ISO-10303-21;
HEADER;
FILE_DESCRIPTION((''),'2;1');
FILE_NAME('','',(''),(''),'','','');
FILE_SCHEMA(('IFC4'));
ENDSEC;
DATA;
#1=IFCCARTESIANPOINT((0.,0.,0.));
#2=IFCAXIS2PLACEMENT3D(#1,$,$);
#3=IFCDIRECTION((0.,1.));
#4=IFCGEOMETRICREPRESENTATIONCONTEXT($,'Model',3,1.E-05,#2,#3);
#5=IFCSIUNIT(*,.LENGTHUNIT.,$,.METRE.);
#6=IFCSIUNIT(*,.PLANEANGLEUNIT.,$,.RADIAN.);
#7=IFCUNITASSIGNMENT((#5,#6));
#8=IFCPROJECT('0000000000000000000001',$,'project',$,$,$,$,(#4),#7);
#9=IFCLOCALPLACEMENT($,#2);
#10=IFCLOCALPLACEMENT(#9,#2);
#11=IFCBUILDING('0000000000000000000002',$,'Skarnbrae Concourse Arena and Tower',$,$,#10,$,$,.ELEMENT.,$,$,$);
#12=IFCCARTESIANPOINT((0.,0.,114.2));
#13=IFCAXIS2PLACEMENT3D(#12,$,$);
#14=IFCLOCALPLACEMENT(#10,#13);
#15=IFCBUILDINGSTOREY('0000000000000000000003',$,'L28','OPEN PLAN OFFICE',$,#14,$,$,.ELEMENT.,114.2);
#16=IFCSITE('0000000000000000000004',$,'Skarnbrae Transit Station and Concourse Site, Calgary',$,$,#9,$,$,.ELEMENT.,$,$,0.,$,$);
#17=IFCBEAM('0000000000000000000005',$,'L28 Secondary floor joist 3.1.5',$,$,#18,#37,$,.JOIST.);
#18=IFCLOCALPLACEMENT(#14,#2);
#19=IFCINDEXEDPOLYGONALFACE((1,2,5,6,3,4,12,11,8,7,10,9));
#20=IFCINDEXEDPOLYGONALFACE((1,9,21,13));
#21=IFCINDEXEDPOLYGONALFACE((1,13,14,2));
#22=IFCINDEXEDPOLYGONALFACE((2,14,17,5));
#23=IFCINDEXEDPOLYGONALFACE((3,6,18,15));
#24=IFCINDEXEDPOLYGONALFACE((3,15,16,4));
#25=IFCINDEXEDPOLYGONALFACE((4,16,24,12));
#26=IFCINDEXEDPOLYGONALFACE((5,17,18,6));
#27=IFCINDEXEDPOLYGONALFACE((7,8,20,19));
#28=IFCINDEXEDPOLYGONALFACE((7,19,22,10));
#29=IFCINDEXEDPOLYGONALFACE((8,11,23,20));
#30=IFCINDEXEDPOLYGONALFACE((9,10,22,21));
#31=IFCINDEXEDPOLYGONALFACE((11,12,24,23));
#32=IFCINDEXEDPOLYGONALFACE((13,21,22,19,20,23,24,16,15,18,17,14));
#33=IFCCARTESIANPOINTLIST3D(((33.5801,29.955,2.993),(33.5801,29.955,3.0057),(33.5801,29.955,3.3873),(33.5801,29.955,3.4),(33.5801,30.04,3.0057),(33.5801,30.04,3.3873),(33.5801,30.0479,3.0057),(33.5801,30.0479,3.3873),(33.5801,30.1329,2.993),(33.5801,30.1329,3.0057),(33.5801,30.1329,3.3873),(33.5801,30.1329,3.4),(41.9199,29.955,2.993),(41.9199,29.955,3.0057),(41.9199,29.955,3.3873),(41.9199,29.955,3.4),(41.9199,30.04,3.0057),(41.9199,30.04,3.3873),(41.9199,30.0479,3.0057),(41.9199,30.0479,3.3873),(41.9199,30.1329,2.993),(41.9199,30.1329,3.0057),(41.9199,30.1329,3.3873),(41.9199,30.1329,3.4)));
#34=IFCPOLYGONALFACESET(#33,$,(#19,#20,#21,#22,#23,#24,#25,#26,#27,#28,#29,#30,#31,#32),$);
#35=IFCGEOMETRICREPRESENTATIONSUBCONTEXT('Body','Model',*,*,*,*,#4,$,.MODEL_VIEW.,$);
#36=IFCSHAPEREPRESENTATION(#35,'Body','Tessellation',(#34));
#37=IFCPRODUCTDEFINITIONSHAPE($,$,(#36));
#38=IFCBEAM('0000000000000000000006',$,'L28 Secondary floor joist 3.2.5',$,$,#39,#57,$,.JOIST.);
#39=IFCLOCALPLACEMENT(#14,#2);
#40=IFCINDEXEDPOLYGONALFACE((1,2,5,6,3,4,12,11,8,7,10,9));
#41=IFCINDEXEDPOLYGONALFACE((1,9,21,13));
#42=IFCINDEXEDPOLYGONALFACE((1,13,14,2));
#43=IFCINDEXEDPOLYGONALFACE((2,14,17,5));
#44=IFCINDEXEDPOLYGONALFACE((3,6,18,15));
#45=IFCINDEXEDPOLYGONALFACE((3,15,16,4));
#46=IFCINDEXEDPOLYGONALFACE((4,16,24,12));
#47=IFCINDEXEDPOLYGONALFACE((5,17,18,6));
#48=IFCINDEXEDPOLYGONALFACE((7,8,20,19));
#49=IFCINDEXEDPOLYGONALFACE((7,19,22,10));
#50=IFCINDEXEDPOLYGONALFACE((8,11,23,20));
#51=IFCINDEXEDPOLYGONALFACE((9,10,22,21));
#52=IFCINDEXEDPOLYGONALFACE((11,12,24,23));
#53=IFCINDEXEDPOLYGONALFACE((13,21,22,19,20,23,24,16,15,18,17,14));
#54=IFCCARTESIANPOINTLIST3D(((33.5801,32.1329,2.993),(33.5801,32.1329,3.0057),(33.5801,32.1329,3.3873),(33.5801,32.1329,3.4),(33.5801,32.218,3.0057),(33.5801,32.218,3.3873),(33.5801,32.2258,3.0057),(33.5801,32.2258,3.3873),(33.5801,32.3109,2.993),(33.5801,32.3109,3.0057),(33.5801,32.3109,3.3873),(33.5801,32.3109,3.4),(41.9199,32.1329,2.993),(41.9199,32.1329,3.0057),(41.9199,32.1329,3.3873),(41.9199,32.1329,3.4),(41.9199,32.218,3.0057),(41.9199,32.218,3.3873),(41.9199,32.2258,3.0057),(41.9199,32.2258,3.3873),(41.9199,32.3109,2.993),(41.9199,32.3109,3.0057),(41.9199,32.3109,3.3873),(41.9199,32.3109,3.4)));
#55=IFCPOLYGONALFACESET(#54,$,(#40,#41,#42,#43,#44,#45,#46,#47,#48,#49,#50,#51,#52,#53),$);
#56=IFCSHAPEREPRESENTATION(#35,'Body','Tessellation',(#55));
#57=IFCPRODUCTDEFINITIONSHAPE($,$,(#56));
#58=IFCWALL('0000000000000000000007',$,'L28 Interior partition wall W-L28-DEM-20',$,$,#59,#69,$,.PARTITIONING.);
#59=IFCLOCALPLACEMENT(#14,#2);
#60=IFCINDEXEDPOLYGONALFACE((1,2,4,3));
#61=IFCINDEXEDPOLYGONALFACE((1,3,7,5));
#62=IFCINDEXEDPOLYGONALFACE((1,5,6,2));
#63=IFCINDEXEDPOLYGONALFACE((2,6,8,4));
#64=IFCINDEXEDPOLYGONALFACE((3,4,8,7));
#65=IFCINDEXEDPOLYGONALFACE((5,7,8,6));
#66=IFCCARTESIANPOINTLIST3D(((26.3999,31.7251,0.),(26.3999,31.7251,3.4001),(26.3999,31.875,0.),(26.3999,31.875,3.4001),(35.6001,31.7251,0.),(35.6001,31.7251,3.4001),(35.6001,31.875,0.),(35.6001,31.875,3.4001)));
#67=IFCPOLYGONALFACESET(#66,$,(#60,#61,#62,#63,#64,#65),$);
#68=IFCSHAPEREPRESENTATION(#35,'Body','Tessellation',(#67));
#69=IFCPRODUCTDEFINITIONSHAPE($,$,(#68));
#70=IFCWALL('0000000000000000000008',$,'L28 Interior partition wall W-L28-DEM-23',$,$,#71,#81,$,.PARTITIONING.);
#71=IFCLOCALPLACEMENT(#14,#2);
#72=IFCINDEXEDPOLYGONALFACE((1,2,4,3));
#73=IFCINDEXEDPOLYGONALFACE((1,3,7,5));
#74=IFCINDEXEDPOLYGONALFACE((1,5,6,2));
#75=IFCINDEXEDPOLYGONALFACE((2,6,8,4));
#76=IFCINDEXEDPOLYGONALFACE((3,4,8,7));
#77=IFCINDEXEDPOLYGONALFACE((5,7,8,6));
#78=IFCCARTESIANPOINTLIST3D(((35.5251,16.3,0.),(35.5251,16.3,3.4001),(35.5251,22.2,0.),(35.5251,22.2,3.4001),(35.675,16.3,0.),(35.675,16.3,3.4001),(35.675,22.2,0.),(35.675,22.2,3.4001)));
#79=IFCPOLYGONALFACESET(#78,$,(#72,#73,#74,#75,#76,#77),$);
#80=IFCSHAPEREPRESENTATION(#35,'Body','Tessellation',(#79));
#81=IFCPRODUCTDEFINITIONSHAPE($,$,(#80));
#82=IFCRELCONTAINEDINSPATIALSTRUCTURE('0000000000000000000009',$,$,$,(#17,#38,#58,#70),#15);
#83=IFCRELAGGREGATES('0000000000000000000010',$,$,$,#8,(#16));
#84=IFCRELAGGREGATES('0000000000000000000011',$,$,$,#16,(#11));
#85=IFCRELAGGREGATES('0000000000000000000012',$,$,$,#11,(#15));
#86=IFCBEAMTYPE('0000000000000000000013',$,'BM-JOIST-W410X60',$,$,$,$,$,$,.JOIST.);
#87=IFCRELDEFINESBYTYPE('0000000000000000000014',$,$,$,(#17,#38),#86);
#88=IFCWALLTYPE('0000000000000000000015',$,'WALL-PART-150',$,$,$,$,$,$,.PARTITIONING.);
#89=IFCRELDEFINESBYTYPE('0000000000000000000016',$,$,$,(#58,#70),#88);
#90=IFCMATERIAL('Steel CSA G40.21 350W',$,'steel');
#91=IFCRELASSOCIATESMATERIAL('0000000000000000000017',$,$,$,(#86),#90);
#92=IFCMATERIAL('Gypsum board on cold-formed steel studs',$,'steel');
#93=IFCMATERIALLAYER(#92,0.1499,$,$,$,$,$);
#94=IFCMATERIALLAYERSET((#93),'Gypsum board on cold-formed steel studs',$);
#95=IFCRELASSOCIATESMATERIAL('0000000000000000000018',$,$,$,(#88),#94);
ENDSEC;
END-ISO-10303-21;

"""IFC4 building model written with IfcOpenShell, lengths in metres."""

from ifc_helpers import new_model, si_unit, direction, frame, frame_2d, origin, origin_2d, place, context, subcontext, project, spatial, rectangle, i_section, extrude, source, transform, mapped, material, layer, layer_set, material_profile, profile_set, type_object, element, save


model = new_model("IFC4")

# Units and contexts
model_context = context("Model", 3, precision=1e-05, world=origin(), true_north=direction((0.0, 1.0)))
body_context = subcontext(model_context, "Body", "Model", "MODEL_VIEW")
ifc_project = project(units=[si_unit("LENGTHUNIT", "METRE"), si_unit("PLANEANGLEUNIT", "RADIAN")], contexts=[model_context])

# Site, building, storey
site_placement = place(None, origin())
site = spatial("IfcSite", under=ifc_project, at=site_placement, Name="Skarnbrae Transit Station and Concourse Site, Calgary", CompositionType="ELEMENT", RefElevation=0.0)
building_placement = place(site_placement, origin())
building = spatial("IfcBuilding", under=site, at=building_placement, Name="Skarnbrae Concourse Arena and Tower", CompositionType="ELEMENT")
storey_placement = place(building_placement, frame((0.0, 0.0, 114.2)))
storey = spatial("IfcBuildingStorey", under=building, at=storey_placement, Name="L28", Description="OPEN PLAN OFFICE", CompositionType="ELEMENT", Elevation=114.2)

# Shared definitions
ifc_material_1 = material(Name="Steel CSA G40.21 350W", Category="steel")

# Beams
ifc_material_profile_1 = material_profile(ifc_material_1, i_section(OverallWidth=0.178, OverallDepth=0.407, WebThickness=0.0078, FlangeThickness=0.0127, at=origin_2d()), Name="W410X60")
ifc_profile_set_1 = profile_set([ifc_material_profile_1], Name="Steel CSA G40.21 350W")
beam_type_1 = type_object("IfcBeamType", Name="BM-JOIST-W410X60", PredefinedType="JOIST", material=ifc_profile_set_1)
shared_shape_1 = source(origin(), body_context, "Body", "SweptSolid", [
    extrude(i_section(OverallWidth=0.178, OverallDepth=0.407, WebThickness=0.0078, FlangeThickness=0.0127, at=origin_2d()), origin(), (0.0, 0.0, 1.0), 8.3398),
])
for number, where, z_axis, x_axis, name in (
    (1, (33.5801, 30.0439, 3.1965), (1.0, 0.0, 0.0), (0.0, 1.0, 0.0), "L28 Secondary floor joist 3.1.5"),
    (2, (33.5801, 32.2219, 3.1965), (1.0, 0.0, 0.0), (0.0, 1.0, 0.0), "L28 Secondary floor joist 3.2.5"),
):
    element("IfcBeam", number, at=place(storey_placement, frame(where, z_axis=z_axis, x_axis=x_axis)), inside=storey, type_object=beam_type_1, Name=name, PredefinedType="JOIST", context=body_context, shape_type="MappedRepresentation", body=[
        mapped(shared_shape_1, transform((0.0, 0.0, 0.0))),
    ])

# Walls
ifc_material_2 = material(Name="Gypsum board on cold-formed steel studs", Category="steel")
ifc_layer = layer(ifc_material_2, 0.1499)
ifc_layer_set = layer_set([ifc_layer], Name="Gypsum board on cold-formed steel studs")
wall_type = type_object("IfcWallType", Name="WALL-PART-150", PredefinedType="PARTITIONING", material=ifc_layer_set)
shared_shape_2 = source(origin(), body_context, "Body", "SweptSolid", [
    extrude(rectangle(XDim=9.2002, YDim=0.1499, at=frame_2d((4.6001, 0.0))), origin(), (0.0, 0.0, 1.0), 3.4001),
])
wall_1_placement = place(storey_placement, frame((35.6001, 31.8, 0.0), z_axis=(0.0, 0.0, 1.0), x_axis=(-1.0, 0.0, 0.0)))
element("IfcWall", 3, at=wall_1_placement, inside=storey, type_object=wall_type, Name="L28 Interior partition wall W-L28-DEM-20", PredefinedType="PARTITIONING", context=body_context, shape_type="MappedRepresentation", body=[
    mapped(shared_shape_2, transform((0.0, 0.0, 0.0))),
])
shared_shape_3 = source(origin(), body_context, "Body", "SweptSolid", [
    extrude(rectangle(XDim=5.8999, YDim=0.1499, at=frame_2d((2.95, 0.0))), origin(), (0.0, 0.0, 1.0), 3.4001),
])
wall_2_placement = place(storey_placement, frame((35.6001, 22.2, 0.0), z_axis=(0.0, 0.0, 1.0), x_axis=(0.0, -1.0, 0.0)))
element("IfcWall", 4, at=wall_2_placement, inside=storey, type_object=wall_type, Name="L28 Interior partition wall W-L28-DEM-23", PredefinedType="PARTITIONING", context=body_context, shape_type="MappedRepresentation", body=[
    mapped(shared_shape_3, transform((0.0, 0.0, 0.0))),
])

save(model, "model.ifc")
